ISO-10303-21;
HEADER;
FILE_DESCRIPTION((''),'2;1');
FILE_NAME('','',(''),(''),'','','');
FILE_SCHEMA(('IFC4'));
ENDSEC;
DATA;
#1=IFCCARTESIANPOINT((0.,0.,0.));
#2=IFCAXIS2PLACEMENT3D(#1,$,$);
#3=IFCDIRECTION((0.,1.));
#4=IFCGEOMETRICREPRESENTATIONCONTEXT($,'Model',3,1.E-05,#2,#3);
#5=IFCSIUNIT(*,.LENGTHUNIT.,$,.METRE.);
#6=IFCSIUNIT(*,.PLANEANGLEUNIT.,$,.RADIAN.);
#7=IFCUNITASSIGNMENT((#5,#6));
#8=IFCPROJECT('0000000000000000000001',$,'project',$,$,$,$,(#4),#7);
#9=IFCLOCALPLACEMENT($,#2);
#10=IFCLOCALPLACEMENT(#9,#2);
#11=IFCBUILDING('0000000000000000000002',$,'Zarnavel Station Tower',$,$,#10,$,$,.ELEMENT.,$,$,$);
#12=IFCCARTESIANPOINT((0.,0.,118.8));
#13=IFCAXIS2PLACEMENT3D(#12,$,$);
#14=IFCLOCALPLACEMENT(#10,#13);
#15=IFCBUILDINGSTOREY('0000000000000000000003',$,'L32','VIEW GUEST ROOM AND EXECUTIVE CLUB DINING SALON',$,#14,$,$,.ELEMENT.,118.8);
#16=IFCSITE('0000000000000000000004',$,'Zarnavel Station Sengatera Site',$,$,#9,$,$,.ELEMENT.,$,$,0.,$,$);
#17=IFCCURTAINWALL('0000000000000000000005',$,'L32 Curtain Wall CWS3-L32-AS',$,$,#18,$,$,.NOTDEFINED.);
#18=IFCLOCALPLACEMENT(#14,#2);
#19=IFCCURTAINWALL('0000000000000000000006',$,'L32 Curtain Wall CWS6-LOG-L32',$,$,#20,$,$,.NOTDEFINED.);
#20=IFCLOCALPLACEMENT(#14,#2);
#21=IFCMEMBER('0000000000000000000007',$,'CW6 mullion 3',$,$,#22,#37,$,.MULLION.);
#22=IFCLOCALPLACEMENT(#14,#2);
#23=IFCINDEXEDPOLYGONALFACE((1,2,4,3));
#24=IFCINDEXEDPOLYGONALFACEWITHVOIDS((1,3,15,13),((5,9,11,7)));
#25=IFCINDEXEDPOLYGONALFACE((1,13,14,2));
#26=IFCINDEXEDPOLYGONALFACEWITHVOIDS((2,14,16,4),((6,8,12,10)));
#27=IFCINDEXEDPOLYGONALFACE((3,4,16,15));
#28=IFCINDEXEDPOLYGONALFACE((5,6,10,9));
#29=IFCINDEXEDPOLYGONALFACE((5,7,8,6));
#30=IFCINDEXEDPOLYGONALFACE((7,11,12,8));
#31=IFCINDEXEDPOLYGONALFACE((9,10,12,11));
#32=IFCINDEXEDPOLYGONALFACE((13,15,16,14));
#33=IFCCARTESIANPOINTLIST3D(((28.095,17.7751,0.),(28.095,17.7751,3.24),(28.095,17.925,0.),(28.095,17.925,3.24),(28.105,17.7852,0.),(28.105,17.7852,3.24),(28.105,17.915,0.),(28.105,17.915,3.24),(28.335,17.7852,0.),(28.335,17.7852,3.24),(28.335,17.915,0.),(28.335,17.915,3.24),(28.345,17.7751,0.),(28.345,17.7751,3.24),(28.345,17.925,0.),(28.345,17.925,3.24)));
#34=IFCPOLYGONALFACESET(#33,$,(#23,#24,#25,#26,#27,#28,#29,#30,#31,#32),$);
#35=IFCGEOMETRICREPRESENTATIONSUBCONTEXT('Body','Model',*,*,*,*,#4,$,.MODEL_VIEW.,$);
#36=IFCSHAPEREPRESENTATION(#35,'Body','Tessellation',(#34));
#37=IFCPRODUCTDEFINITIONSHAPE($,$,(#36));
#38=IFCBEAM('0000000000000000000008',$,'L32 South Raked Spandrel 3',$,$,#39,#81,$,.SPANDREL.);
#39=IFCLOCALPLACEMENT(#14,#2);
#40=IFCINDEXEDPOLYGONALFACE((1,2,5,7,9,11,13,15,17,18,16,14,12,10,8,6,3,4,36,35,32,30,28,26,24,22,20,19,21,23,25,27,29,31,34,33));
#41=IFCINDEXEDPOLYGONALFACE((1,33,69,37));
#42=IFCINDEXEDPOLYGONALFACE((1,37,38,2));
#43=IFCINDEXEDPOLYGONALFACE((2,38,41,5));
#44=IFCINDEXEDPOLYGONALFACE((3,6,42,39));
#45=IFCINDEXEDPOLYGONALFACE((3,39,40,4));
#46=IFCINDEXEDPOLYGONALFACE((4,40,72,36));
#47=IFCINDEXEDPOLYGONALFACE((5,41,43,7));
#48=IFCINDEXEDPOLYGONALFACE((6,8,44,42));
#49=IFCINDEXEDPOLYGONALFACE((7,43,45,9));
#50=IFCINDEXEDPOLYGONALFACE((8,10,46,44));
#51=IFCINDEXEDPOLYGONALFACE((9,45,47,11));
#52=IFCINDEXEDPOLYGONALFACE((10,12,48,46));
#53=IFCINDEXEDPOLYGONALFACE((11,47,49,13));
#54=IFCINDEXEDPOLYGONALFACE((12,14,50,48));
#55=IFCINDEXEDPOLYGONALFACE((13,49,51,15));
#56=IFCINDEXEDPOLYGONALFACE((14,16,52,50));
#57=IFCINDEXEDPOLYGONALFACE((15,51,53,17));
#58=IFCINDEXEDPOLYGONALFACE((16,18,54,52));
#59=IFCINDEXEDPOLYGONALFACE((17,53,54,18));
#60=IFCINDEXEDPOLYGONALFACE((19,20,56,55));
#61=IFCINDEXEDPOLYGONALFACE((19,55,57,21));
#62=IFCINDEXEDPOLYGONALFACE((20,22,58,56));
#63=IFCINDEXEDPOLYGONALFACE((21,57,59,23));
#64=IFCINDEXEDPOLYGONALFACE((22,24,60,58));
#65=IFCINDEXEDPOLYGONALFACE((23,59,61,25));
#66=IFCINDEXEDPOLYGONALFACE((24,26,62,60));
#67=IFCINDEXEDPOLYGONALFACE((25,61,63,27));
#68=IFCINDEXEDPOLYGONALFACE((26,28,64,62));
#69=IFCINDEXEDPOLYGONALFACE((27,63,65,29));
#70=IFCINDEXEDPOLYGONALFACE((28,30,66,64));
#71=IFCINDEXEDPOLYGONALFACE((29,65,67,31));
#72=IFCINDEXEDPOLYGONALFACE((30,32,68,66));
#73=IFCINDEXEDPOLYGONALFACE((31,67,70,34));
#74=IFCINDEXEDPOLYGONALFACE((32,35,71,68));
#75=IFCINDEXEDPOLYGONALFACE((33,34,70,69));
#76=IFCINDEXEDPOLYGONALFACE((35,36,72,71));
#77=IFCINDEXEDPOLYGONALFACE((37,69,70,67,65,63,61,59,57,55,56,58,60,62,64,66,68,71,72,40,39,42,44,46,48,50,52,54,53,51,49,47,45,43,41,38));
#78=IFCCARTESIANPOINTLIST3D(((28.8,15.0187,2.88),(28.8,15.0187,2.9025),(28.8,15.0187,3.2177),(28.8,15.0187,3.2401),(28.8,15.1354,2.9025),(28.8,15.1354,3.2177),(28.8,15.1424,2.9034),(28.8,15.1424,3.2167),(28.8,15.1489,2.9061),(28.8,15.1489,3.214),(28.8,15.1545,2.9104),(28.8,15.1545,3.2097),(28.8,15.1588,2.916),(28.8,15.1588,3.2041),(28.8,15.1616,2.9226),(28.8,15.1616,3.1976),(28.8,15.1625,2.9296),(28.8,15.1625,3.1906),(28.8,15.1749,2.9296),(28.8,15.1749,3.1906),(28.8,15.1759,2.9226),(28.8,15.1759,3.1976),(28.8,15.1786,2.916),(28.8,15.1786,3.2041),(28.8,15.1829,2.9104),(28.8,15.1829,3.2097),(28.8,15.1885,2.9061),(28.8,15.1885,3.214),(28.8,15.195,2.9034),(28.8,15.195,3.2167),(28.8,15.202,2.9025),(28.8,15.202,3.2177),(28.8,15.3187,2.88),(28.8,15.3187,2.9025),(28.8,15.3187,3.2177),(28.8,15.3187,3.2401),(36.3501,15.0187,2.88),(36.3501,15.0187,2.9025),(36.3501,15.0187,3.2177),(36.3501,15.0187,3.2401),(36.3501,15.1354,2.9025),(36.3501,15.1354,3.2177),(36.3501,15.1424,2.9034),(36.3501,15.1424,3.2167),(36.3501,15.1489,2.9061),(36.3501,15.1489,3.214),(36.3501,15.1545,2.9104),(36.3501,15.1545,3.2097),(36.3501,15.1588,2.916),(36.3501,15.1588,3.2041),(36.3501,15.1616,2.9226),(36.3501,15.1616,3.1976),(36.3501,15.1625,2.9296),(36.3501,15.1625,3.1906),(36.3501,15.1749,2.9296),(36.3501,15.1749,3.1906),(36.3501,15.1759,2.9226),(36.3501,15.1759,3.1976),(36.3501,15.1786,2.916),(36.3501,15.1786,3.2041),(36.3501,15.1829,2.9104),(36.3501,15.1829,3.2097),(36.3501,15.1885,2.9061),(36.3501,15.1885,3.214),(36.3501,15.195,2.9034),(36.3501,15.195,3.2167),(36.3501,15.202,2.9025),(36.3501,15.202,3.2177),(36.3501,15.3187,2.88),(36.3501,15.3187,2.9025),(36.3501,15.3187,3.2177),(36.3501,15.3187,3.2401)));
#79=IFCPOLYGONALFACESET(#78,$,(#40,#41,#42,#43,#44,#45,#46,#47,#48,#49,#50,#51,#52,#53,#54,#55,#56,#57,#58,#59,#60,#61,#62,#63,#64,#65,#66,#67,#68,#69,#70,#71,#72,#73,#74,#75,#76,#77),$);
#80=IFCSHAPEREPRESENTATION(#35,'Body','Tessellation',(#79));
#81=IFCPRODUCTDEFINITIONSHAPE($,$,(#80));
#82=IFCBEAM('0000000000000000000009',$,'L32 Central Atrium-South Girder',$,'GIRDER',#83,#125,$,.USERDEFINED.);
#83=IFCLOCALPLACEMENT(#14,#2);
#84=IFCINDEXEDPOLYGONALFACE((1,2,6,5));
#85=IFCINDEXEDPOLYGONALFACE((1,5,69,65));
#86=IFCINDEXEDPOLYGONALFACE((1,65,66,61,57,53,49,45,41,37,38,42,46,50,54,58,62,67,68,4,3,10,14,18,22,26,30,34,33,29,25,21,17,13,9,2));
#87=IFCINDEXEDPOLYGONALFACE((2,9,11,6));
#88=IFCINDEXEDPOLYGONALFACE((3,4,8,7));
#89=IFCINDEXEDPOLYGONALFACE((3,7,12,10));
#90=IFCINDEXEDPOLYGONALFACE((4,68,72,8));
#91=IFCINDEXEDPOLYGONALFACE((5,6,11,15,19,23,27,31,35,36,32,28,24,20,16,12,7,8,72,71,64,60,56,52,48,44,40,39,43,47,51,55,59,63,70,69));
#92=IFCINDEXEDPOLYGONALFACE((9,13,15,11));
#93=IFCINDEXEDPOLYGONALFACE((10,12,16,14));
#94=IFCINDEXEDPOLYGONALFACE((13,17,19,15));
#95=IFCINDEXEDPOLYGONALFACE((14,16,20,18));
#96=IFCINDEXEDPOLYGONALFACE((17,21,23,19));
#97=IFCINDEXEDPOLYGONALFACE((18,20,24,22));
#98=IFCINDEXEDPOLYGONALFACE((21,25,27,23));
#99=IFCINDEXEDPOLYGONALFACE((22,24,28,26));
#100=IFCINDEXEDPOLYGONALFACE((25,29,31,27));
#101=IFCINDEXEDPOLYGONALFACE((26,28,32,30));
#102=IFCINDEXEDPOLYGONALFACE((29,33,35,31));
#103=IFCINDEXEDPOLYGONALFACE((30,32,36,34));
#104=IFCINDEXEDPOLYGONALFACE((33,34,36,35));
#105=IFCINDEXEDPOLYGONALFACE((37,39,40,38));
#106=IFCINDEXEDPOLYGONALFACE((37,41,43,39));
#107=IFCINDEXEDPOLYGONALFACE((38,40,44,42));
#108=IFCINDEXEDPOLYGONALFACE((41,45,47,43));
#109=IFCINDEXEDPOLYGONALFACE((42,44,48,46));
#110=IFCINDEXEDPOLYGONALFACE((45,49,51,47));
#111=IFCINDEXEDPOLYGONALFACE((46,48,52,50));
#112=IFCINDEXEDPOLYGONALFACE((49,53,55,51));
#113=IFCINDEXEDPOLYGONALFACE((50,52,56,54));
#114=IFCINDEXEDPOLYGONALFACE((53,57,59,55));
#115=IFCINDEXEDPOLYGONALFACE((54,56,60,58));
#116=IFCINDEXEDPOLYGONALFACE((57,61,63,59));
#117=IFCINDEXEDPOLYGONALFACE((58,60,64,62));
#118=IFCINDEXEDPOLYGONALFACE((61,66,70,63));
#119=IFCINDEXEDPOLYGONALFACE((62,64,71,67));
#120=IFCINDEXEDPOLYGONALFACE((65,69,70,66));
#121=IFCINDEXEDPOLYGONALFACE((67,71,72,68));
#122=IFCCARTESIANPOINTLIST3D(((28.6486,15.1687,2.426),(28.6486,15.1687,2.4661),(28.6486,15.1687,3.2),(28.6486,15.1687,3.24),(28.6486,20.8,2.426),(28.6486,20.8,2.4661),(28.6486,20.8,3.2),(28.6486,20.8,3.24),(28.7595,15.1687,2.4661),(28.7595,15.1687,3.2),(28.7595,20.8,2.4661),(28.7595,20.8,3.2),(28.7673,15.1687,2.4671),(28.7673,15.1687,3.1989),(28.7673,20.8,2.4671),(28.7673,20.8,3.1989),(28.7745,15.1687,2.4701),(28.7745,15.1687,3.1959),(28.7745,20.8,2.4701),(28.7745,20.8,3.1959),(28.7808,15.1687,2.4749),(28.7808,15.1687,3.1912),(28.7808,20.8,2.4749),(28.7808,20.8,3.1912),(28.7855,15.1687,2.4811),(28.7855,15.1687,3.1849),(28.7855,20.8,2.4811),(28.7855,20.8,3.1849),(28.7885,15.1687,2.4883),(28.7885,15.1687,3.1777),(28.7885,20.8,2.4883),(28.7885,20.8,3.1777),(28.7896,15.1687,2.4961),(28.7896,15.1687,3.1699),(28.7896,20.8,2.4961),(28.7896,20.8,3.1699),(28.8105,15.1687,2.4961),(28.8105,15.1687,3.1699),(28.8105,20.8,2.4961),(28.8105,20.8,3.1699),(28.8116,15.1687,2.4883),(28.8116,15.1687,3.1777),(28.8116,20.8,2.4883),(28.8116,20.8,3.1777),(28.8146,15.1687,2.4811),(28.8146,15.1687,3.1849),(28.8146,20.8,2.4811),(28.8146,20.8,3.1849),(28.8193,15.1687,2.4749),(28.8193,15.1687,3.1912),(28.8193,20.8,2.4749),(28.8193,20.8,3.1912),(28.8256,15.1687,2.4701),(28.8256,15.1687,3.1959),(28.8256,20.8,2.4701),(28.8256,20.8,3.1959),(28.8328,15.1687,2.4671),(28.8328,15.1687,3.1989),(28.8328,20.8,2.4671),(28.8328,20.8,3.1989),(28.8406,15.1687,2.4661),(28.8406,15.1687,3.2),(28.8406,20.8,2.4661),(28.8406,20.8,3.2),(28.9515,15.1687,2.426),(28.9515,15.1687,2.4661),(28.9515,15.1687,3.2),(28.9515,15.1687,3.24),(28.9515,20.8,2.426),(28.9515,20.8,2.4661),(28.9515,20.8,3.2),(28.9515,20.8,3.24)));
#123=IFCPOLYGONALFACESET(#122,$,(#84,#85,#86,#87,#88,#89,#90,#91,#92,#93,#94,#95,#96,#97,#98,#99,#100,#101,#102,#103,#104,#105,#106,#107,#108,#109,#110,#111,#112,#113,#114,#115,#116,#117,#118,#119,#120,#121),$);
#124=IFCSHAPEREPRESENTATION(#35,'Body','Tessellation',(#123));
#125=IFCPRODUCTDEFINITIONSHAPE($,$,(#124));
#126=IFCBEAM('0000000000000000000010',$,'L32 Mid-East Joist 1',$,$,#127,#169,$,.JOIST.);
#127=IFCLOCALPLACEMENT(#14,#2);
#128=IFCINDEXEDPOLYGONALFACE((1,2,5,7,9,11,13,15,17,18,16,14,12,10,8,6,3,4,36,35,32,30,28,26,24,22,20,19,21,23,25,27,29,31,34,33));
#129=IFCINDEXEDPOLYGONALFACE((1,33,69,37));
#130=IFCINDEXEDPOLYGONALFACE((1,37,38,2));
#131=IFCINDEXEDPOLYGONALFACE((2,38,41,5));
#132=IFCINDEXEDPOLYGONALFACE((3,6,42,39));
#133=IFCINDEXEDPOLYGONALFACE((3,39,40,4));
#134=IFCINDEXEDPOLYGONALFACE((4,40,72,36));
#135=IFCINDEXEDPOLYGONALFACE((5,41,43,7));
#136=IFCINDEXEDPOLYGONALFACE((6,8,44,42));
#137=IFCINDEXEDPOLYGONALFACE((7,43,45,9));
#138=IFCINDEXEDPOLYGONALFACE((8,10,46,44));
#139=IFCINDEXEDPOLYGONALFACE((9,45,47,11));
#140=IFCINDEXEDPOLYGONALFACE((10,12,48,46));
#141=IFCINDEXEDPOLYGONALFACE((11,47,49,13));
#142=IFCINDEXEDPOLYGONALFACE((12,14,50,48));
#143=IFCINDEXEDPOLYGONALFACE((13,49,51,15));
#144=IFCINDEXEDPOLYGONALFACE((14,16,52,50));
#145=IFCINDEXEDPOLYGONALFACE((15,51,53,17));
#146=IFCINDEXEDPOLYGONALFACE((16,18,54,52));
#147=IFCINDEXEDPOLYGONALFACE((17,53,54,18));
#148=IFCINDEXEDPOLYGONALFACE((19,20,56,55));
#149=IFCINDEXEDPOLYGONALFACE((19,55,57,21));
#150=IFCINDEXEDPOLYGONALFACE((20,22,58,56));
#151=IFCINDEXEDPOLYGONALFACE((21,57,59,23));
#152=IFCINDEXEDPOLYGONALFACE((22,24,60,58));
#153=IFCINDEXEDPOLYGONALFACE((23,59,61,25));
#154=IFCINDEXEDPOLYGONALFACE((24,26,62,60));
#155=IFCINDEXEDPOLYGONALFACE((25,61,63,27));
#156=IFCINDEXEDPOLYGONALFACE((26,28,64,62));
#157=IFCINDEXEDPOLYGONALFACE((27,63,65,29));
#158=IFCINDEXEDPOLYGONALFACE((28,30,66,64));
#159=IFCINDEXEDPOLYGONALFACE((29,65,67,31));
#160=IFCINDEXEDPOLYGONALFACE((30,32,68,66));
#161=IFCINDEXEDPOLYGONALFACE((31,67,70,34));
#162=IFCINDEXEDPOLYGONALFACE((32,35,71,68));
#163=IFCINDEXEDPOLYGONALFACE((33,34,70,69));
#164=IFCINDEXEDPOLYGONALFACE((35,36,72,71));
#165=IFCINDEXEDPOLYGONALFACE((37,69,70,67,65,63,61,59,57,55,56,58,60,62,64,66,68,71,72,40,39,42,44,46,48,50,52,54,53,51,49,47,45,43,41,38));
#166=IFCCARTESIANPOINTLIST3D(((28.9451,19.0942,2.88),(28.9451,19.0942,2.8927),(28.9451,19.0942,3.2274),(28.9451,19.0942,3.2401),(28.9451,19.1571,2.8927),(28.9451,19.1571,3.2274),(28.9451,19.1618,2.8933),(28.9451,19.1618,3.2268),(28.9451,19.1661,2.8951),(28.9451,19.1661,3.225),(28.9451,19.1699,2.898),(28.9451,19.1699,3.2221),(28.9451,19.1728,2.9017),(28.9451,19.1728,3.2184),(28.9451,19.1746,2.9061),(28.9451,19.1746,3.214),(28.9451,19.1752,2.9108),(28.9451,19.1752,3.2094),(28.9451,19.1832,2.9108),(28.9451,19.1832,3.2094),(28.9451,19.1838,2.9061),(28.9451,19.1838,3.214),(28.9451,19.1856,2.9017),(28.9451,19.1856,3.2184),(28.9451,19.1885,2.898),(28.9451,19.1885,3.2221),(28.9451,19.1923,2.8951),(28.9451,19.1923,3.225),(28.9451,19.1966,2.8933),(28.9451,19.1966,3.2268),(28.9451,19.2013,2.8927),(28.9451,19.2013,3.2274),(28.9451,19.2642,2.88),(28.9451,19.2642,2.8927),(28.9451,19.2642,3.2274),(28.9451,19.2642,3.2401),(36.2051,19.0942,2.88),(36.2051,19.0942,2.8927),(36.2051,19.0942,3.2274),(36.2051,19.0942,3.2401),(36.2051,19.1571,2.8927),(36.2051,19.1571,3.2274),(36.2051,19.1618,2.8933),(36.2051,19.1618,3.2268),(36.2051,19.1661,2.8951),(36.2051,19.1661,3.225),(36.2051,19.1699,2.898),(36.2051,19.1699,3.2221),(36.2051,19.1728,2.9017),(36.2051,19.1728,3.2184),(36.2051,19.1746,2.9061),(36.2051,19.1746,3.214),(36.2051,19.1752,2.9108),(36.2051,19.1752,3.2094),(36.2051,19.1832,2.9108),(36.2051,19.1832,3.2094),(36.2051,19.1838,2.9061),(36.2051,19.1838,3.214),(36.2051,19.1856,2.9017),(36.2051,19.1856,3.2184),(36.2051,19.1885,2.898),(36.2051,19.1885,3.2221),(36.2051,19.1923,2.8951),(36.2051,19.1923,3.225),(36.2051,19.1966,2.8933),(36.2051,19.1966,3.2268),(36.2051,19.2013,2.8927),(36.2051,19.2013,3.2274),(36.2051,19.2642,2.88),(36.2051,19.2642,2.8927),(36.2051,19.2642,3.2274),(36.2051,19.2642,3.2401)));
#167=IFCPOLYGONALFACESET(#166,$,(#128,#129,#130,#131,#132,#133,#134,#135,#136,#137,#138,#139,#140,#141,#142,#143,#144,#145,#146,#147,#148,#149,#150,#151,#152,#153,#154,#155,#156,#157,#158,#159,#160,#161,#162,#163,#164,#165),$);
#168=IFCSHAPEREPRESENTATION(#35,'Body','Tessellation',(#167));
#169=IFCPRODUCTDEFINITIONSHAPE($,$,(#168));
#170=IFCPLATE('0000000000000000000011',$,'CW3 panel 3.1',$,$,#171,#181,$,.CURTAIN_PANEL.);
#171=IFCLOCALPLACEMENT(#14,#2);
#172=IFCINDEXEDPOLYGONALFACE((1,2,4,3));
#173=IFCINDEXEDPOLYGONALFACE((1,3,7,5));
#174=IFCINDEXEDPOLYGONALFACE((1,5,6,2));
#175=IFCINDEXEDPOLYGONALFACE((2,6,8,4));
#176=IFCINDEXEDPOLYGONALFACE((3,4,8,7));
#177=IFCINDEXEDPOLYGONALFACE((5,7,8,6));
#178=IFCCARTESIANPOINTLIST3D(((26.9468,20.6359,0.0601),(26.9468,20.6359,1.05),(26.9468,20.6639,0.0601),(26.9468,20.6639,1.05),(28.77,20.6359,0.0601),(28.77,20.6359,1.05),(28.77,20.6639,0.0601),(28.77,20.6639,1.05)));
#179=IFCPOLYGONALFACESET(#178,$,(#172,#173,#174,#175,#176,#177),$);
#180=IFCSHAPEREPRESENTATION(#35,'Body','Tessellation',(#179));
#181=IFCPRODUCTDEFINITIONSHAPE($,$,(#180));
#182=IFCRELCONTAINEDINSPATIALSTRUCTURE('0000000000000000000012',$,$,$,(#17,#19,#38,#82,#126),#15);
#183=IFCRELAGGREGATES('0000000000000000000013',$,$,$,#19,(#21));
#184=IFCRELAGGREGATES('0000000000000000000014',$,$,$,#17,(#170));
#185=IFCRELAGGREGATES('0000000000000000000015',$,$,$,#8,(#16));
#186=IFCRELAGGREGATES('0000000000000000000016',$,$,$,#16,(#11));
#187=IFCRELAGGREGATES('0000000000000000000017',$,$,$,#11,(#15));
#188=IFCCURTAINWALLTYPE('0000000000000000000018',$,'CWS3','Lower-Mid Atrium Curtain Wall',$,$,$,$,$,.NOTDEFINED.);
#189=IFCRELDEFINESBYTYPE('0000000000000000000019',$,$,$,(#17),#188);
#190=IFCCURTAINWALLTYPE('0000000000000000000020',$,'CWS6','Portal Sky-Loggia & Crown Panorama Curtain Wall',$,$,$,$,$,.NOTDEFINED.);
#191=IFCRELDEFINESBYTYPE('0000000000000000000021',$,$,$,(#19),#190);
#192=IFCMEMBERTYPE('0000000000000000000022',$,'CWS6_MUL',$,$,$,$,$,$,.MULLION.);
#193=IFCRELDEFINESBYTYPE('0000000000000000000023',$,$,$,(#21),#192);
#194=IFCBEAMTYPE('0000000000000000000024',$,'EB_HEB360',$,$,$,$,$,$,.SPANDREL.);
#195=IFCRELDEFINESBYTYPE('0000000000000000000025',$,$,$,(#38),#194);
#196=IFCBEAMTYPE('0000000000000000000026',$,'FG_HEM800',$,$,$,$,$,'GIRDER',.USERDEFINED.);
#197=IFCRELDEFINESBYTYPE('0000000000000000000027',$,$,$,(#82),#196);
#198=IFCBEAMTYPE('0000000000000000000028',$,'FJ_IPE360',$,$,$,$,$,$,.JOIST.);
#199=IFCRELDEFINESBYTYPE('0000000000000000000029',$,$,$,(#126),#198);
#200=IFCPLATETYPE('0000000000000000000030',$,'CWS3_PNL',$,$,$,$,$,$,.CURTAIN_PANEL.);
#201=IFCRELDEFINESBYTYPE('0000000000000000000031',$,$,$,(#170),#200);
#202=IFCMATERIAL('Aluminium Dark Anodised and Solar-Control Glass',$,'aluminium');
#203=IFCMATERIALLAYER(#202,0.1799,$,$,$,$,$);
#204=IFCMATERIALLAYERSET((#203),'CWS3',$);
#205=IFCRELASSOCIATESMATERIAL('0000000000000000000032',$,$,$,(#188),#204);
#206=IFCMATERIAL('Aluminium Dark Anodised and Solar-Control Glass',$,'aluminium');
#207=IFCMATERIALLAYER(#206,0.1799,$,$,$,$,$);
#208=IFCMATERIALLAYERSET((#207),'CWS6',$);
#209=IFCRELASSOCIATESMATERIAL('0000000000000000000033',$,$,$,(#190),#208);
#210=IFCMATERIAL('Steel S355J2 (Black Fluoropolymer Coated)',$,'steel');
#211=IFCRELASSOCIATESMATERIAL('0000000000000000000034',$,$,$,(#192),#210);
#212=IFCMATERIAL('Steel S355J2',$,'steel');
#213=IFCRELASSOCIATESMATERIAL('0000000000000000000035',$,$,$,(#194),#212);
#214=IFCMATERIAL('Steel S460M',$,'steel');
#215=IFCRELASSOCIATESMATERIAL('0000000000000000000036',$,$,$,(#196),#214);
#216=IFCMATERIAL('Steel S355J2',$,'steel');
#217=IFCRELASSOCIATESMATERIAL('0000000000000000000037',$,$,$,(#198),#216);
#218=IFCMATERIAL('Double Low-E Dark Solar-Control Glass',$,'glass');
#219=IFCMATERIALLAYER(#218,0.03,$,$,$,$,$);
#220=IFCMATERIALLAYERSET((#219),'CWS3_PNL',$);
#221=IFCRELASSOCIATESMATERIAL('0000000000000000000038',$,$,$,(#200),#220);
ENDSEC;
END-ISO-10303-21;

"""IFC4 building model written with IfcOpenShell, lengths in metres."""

from ifc_helpers import new_model, si_unit, direction, frame, origin, origin_2d, place, context, subcontext, project, spatial, rectangle, hollow_rectangle, i_section, extrude, material, layer, layer_set, material_profile, profile_set, type_object, element, aggregate, save


model = new_model("IFC4")

# Units and contexts
model_context = context("Model", 3, precision=1e-05, world=origin(), true_north=direction((0.0, 1.0)))
body_context = subcontext(model_context, "Body", "Model", "MODEL_VIEW")
ifc_project = project(units=[si_unit("LENGTHUNIT", "METRE"), si_unit("PLANEANGLEUNIT", "RADIAN")], contexts=[model_context])

# Site, building, storey
site_placement = place(None, origin())
site = spatial("IfcSite", under=ifc_project, at=site_placement, Name="Zarnavel Station Sengatera Site", CompositionType="ELEMENT", RefElevation=0.0)
building_placement = place(site_placement, origin())
building = spatial("IfcBuilding", under=site, at=building_placement, Name="Zarnavel Station Tower", CompositionType="ELEMENT")
storey_placement = place(building_placement, frame((0.0, 0.0, 118.8)))
storey = spatial("IfcBuildingStorey", under=building, at=storey_placement, Name="L32", Description="VIEW GUEST ROOM AND EXECUTIVE CLUB DINING SALON", CompositionType="ELEMENT", Elevation=118.8)

# Curtain wall
ifc_material_1 = material(Name="Aluminium Dark Anodised and Solar-Control Glass", Category="aluminium")
ifc_layer_1 = layer(ifc_material_1, 0.1799)
ifc_layer_set_1 = layer_set([ifc_layer_1], Name="CWS3")
curtain_wall_type_1 = type_object("IfcCurtainWallType", Name="CWS3", Description="Lower-Mid Atrium Curtain Wall", PredefinedType="NOTDEFINED", material=ifc_layer_set_1)
curtain_wall_1_placement = place(storey_placement, origin())
curtain_wall_1 = element("IfcCurtainWall", 1, at=curtain_wall_1_placement, inside=storey, type_object=curtain_wall_type_1, Name="L32 Curtain Wall CWS3-L32-AS", PredefinedType="NOTDEFINED")

# Curtain wall, member
ifc_material_2 = material(Name="Aluminium Dark Anodised and Solar-Control Glass", Category="aluminium")
ifc_layer_2 = layer(ifc_material_2, 0.1799)
ifc_layer_set_2 = layer_set([ifc_layer_2], Name="CWS6")
curtain_wall_type_2 = type_object("IfcCurtainWallType", Name="CWS6", Description="Portal Sky-Loggia & Crown Panorama Curtain Wall", PredefinedType="NOTDEFINED", material=ifc_layer_set_2)
curtain_wall_2_placement = place(storey_placement, origin())
curtain_wall_2 = element("IfcCurtainWall", 2, at=curtain_wall_2_placement, inside=storey, type_object=curtain_wall_type_2, Name="L32 Curtain Wall CWS6-LOG-L32", PredefinedType="NOTDEFINED")
ifc_material_3 = material(Name="Steel S355J2 (Black Fluoropolymer Coated)", Category="steel")
ifc_material_profile_1 = material_profile(ifc_material_3, hollow_rectangle(XDim=0.1499, YDim=0.25, WallThickness=0.01, at=origin_2d()), Name="RHS250x150x10")
ifc_profile_set_1 = profile_set([ifc_material_profile_1], Name="Steel S355J2 (Black Fluoropolymer Coated)")
member_type_1 = type_object("IfcMemberType", Name="CWS6_MUL", PredefinedType="MULLION", material=ifc_profile_set_1)
member_1_placement = place(storey_placement, frame((28.22, 17.8501, 0.0), z_axis=(0.0, 0.0, 1.0), x_axis=(0.0, 1.0, 0.0)))
member_1 = element("IfcMember", 3, at=member_1_placement, type_object=member_type_1, Name="CW6 mullion 3", PredefinedType="MULLION", context=body_context, shape_type="SweptSolid", body=[
    extrude(hollow_rectangle(XDim=0.1499, YDim=0.25, WallThickness=0.01, at=origin_2d()), origin(), (0.0, 0.0, 1.0), 3.24),
])
aggregate(curtain_wall_2, [member_1])

# Beams
ifc_material_4 = material(Name="Steel S355J2", Category="steel")
ifc_material_profile_2 = material_profile(ifc_material_4, i_section(OverallWidth=0.3, OverallDepth=0.3601, WebThickness=0.0125, FlangeThickness=0.0225, FilletRadius=0.0271, at=origin_2d()), Name="HEB360")
ifc_profile_set_2 = profile_set([ifc_material_profile_2], Name="Steel S355J2")
beam_type_1 = type_object("IfcBeamType", Name="EB_HEB360", PredefinedType="SPANDREL", material=ifc_profile_set_2)
beam_1_placement = place(storey_placement, frame((28.8, 15.1687, 3.0601), z_axis=(1.0, 0.0, 0.0), x_axis=(0.0, 1.0, 0.0)))
element("IfcBeam", 4, at=beam_1_placement, inside=storey, type_object=beam_type_1, Name="L32 South Raked Spandrel 3", PredefinedType="SPANDREL", context=body_context, shape_type="SweptSolid", body=[
    extrude(i_section(OverallWidth=0.3, OverallDepth=0.3601, WebThickness=0.0125, FlangeThickness=0.0225, FilletRadius=0.0271, at=origin_2d()), origin(), (0.0, 0.0, 1.0), 7.55),
])
ifc_material_5 = material(Name="Steel S460M", Category="steel")
ifc_material_profile_3 = material_profile(ifc_material_5, i_section(OverallWidth=0.303, OverallDepth=0.814, WebThickness=0.021, FlangeThickness=0.04, FilletRadius=0.03, at=origin_2d()), Name="HEM800")
ifc_profile_set_3 = profile_set([ifc_material_profile_3], Name="Steel S460M")
beam_type_2 = type_object("IfcBeamType", Name="FG_HEM800", ElementType="GIRDER", PredefinedType="USERDEFINED", material=ifc_profile_set_3)
beam_2_placement = place(storey_placement, frame((28.8, 15.1687, 2.833), z_axis=(0.0, 1.0, 0.0), x_axis=(-1.0, 0.0, 0.0)))
element("IfcBeam", 5, at=beam_2_placement, inside=storey, type_object=beam_type_2, Name="L32 Central Atrium-South Girder", ObjectType="GIRDER", PredefinedType="USERDEFINED", context=body_context, shape_type="SweptSolid", body=[
    extrude(i_section(OverallWidth=0.303, OverallDepth=0.814, WebThickness=0.021, FlangeThickness=0.04, FilletRadius=0.03, at=origin_2d()), origin(), (0.0, 0.0, 1.0), 5.6313),
])
ifc_material_6 = material(Name="Steel S355J2", Category="steel")
ifc_material_profile_4 = material_profile(ifc_material_6, i_section(OverallWidth=0.1699, OverallDepth=0.3601, WebThickness=0.0081, FlangeThickness=0.0127, FilletRadius=0.0181, at=origin_2d()), Name="IPE360")
ifc_profile_set_4 = profile_set([ifc_material_profile_4], Name="Steel S355J2")
beam_type_3 = type_object("IfcBeamType", Name="FJ_IPE360", PredefinedType="JOIST", material=ifc_profile_set_4)
beam_3_placement = place(storey_placement, frame((28.9451, 19.1792, 3.0601), z_axis=(1.0, 0.0, 0.0), x_axis=(0.0, 1.0, 0.0)))
element("IfcBeam", 6, at=beam_3_placement, inside=storey, type_object=beam_type_3, Name="L32 Mid-East Joist 1", PredefinedType="JOIST", context=body_context, shape_type="SweptSolid", body=[
    extrude(i_section(OverallWidth=0.1699, OverallDepth=0.3601, WebThickness=0.0081, FlangeThickness=0.0127, FilletRadius=0.0181, at=origin_2d()), origin(), (0.0, 0.0, 1.0), 7.26),
])

# Plate
ifc_material_7 = material(Name="Double Low-E Dark Solar-Control Glass", Category="glass")
ifc_layer_3 = layer(ifc_material_7, 0.03)
ifc_layer_set_3 = layer_set([ifc_layer_3], Name="CWS3_PNL")
plate_type = type_object("IfcPlateType", Name="CWS3_PNL", PredefinedType="CURTAIN_PANEL", material=ifc_layer_set_3)
plate_1_placement = place(storey_placement, frame((27.8584, 20.6499, 0.0601), z_axis=(0.0, 0.0, 1.0), x_axis=(1.0, 0.0, 0.0)))
plate_1 = element("IfcPlate", 7, at=plate_1_placement, type_object=plate_type, Name="CW3 panel 3.1", PredefinedType="CURTAIN_PANEL", context=body_context, shape_type="SweptSolid", body=[
    extrude(rectangle(XDim=1.8232, YDim=0.0281, at=origin_2d()), origin(), (0.0, 0.0, 1.0), 0.99),
])
aggregate(curtain_wall_1, [plate_1])

save(model, "model.ifc")
